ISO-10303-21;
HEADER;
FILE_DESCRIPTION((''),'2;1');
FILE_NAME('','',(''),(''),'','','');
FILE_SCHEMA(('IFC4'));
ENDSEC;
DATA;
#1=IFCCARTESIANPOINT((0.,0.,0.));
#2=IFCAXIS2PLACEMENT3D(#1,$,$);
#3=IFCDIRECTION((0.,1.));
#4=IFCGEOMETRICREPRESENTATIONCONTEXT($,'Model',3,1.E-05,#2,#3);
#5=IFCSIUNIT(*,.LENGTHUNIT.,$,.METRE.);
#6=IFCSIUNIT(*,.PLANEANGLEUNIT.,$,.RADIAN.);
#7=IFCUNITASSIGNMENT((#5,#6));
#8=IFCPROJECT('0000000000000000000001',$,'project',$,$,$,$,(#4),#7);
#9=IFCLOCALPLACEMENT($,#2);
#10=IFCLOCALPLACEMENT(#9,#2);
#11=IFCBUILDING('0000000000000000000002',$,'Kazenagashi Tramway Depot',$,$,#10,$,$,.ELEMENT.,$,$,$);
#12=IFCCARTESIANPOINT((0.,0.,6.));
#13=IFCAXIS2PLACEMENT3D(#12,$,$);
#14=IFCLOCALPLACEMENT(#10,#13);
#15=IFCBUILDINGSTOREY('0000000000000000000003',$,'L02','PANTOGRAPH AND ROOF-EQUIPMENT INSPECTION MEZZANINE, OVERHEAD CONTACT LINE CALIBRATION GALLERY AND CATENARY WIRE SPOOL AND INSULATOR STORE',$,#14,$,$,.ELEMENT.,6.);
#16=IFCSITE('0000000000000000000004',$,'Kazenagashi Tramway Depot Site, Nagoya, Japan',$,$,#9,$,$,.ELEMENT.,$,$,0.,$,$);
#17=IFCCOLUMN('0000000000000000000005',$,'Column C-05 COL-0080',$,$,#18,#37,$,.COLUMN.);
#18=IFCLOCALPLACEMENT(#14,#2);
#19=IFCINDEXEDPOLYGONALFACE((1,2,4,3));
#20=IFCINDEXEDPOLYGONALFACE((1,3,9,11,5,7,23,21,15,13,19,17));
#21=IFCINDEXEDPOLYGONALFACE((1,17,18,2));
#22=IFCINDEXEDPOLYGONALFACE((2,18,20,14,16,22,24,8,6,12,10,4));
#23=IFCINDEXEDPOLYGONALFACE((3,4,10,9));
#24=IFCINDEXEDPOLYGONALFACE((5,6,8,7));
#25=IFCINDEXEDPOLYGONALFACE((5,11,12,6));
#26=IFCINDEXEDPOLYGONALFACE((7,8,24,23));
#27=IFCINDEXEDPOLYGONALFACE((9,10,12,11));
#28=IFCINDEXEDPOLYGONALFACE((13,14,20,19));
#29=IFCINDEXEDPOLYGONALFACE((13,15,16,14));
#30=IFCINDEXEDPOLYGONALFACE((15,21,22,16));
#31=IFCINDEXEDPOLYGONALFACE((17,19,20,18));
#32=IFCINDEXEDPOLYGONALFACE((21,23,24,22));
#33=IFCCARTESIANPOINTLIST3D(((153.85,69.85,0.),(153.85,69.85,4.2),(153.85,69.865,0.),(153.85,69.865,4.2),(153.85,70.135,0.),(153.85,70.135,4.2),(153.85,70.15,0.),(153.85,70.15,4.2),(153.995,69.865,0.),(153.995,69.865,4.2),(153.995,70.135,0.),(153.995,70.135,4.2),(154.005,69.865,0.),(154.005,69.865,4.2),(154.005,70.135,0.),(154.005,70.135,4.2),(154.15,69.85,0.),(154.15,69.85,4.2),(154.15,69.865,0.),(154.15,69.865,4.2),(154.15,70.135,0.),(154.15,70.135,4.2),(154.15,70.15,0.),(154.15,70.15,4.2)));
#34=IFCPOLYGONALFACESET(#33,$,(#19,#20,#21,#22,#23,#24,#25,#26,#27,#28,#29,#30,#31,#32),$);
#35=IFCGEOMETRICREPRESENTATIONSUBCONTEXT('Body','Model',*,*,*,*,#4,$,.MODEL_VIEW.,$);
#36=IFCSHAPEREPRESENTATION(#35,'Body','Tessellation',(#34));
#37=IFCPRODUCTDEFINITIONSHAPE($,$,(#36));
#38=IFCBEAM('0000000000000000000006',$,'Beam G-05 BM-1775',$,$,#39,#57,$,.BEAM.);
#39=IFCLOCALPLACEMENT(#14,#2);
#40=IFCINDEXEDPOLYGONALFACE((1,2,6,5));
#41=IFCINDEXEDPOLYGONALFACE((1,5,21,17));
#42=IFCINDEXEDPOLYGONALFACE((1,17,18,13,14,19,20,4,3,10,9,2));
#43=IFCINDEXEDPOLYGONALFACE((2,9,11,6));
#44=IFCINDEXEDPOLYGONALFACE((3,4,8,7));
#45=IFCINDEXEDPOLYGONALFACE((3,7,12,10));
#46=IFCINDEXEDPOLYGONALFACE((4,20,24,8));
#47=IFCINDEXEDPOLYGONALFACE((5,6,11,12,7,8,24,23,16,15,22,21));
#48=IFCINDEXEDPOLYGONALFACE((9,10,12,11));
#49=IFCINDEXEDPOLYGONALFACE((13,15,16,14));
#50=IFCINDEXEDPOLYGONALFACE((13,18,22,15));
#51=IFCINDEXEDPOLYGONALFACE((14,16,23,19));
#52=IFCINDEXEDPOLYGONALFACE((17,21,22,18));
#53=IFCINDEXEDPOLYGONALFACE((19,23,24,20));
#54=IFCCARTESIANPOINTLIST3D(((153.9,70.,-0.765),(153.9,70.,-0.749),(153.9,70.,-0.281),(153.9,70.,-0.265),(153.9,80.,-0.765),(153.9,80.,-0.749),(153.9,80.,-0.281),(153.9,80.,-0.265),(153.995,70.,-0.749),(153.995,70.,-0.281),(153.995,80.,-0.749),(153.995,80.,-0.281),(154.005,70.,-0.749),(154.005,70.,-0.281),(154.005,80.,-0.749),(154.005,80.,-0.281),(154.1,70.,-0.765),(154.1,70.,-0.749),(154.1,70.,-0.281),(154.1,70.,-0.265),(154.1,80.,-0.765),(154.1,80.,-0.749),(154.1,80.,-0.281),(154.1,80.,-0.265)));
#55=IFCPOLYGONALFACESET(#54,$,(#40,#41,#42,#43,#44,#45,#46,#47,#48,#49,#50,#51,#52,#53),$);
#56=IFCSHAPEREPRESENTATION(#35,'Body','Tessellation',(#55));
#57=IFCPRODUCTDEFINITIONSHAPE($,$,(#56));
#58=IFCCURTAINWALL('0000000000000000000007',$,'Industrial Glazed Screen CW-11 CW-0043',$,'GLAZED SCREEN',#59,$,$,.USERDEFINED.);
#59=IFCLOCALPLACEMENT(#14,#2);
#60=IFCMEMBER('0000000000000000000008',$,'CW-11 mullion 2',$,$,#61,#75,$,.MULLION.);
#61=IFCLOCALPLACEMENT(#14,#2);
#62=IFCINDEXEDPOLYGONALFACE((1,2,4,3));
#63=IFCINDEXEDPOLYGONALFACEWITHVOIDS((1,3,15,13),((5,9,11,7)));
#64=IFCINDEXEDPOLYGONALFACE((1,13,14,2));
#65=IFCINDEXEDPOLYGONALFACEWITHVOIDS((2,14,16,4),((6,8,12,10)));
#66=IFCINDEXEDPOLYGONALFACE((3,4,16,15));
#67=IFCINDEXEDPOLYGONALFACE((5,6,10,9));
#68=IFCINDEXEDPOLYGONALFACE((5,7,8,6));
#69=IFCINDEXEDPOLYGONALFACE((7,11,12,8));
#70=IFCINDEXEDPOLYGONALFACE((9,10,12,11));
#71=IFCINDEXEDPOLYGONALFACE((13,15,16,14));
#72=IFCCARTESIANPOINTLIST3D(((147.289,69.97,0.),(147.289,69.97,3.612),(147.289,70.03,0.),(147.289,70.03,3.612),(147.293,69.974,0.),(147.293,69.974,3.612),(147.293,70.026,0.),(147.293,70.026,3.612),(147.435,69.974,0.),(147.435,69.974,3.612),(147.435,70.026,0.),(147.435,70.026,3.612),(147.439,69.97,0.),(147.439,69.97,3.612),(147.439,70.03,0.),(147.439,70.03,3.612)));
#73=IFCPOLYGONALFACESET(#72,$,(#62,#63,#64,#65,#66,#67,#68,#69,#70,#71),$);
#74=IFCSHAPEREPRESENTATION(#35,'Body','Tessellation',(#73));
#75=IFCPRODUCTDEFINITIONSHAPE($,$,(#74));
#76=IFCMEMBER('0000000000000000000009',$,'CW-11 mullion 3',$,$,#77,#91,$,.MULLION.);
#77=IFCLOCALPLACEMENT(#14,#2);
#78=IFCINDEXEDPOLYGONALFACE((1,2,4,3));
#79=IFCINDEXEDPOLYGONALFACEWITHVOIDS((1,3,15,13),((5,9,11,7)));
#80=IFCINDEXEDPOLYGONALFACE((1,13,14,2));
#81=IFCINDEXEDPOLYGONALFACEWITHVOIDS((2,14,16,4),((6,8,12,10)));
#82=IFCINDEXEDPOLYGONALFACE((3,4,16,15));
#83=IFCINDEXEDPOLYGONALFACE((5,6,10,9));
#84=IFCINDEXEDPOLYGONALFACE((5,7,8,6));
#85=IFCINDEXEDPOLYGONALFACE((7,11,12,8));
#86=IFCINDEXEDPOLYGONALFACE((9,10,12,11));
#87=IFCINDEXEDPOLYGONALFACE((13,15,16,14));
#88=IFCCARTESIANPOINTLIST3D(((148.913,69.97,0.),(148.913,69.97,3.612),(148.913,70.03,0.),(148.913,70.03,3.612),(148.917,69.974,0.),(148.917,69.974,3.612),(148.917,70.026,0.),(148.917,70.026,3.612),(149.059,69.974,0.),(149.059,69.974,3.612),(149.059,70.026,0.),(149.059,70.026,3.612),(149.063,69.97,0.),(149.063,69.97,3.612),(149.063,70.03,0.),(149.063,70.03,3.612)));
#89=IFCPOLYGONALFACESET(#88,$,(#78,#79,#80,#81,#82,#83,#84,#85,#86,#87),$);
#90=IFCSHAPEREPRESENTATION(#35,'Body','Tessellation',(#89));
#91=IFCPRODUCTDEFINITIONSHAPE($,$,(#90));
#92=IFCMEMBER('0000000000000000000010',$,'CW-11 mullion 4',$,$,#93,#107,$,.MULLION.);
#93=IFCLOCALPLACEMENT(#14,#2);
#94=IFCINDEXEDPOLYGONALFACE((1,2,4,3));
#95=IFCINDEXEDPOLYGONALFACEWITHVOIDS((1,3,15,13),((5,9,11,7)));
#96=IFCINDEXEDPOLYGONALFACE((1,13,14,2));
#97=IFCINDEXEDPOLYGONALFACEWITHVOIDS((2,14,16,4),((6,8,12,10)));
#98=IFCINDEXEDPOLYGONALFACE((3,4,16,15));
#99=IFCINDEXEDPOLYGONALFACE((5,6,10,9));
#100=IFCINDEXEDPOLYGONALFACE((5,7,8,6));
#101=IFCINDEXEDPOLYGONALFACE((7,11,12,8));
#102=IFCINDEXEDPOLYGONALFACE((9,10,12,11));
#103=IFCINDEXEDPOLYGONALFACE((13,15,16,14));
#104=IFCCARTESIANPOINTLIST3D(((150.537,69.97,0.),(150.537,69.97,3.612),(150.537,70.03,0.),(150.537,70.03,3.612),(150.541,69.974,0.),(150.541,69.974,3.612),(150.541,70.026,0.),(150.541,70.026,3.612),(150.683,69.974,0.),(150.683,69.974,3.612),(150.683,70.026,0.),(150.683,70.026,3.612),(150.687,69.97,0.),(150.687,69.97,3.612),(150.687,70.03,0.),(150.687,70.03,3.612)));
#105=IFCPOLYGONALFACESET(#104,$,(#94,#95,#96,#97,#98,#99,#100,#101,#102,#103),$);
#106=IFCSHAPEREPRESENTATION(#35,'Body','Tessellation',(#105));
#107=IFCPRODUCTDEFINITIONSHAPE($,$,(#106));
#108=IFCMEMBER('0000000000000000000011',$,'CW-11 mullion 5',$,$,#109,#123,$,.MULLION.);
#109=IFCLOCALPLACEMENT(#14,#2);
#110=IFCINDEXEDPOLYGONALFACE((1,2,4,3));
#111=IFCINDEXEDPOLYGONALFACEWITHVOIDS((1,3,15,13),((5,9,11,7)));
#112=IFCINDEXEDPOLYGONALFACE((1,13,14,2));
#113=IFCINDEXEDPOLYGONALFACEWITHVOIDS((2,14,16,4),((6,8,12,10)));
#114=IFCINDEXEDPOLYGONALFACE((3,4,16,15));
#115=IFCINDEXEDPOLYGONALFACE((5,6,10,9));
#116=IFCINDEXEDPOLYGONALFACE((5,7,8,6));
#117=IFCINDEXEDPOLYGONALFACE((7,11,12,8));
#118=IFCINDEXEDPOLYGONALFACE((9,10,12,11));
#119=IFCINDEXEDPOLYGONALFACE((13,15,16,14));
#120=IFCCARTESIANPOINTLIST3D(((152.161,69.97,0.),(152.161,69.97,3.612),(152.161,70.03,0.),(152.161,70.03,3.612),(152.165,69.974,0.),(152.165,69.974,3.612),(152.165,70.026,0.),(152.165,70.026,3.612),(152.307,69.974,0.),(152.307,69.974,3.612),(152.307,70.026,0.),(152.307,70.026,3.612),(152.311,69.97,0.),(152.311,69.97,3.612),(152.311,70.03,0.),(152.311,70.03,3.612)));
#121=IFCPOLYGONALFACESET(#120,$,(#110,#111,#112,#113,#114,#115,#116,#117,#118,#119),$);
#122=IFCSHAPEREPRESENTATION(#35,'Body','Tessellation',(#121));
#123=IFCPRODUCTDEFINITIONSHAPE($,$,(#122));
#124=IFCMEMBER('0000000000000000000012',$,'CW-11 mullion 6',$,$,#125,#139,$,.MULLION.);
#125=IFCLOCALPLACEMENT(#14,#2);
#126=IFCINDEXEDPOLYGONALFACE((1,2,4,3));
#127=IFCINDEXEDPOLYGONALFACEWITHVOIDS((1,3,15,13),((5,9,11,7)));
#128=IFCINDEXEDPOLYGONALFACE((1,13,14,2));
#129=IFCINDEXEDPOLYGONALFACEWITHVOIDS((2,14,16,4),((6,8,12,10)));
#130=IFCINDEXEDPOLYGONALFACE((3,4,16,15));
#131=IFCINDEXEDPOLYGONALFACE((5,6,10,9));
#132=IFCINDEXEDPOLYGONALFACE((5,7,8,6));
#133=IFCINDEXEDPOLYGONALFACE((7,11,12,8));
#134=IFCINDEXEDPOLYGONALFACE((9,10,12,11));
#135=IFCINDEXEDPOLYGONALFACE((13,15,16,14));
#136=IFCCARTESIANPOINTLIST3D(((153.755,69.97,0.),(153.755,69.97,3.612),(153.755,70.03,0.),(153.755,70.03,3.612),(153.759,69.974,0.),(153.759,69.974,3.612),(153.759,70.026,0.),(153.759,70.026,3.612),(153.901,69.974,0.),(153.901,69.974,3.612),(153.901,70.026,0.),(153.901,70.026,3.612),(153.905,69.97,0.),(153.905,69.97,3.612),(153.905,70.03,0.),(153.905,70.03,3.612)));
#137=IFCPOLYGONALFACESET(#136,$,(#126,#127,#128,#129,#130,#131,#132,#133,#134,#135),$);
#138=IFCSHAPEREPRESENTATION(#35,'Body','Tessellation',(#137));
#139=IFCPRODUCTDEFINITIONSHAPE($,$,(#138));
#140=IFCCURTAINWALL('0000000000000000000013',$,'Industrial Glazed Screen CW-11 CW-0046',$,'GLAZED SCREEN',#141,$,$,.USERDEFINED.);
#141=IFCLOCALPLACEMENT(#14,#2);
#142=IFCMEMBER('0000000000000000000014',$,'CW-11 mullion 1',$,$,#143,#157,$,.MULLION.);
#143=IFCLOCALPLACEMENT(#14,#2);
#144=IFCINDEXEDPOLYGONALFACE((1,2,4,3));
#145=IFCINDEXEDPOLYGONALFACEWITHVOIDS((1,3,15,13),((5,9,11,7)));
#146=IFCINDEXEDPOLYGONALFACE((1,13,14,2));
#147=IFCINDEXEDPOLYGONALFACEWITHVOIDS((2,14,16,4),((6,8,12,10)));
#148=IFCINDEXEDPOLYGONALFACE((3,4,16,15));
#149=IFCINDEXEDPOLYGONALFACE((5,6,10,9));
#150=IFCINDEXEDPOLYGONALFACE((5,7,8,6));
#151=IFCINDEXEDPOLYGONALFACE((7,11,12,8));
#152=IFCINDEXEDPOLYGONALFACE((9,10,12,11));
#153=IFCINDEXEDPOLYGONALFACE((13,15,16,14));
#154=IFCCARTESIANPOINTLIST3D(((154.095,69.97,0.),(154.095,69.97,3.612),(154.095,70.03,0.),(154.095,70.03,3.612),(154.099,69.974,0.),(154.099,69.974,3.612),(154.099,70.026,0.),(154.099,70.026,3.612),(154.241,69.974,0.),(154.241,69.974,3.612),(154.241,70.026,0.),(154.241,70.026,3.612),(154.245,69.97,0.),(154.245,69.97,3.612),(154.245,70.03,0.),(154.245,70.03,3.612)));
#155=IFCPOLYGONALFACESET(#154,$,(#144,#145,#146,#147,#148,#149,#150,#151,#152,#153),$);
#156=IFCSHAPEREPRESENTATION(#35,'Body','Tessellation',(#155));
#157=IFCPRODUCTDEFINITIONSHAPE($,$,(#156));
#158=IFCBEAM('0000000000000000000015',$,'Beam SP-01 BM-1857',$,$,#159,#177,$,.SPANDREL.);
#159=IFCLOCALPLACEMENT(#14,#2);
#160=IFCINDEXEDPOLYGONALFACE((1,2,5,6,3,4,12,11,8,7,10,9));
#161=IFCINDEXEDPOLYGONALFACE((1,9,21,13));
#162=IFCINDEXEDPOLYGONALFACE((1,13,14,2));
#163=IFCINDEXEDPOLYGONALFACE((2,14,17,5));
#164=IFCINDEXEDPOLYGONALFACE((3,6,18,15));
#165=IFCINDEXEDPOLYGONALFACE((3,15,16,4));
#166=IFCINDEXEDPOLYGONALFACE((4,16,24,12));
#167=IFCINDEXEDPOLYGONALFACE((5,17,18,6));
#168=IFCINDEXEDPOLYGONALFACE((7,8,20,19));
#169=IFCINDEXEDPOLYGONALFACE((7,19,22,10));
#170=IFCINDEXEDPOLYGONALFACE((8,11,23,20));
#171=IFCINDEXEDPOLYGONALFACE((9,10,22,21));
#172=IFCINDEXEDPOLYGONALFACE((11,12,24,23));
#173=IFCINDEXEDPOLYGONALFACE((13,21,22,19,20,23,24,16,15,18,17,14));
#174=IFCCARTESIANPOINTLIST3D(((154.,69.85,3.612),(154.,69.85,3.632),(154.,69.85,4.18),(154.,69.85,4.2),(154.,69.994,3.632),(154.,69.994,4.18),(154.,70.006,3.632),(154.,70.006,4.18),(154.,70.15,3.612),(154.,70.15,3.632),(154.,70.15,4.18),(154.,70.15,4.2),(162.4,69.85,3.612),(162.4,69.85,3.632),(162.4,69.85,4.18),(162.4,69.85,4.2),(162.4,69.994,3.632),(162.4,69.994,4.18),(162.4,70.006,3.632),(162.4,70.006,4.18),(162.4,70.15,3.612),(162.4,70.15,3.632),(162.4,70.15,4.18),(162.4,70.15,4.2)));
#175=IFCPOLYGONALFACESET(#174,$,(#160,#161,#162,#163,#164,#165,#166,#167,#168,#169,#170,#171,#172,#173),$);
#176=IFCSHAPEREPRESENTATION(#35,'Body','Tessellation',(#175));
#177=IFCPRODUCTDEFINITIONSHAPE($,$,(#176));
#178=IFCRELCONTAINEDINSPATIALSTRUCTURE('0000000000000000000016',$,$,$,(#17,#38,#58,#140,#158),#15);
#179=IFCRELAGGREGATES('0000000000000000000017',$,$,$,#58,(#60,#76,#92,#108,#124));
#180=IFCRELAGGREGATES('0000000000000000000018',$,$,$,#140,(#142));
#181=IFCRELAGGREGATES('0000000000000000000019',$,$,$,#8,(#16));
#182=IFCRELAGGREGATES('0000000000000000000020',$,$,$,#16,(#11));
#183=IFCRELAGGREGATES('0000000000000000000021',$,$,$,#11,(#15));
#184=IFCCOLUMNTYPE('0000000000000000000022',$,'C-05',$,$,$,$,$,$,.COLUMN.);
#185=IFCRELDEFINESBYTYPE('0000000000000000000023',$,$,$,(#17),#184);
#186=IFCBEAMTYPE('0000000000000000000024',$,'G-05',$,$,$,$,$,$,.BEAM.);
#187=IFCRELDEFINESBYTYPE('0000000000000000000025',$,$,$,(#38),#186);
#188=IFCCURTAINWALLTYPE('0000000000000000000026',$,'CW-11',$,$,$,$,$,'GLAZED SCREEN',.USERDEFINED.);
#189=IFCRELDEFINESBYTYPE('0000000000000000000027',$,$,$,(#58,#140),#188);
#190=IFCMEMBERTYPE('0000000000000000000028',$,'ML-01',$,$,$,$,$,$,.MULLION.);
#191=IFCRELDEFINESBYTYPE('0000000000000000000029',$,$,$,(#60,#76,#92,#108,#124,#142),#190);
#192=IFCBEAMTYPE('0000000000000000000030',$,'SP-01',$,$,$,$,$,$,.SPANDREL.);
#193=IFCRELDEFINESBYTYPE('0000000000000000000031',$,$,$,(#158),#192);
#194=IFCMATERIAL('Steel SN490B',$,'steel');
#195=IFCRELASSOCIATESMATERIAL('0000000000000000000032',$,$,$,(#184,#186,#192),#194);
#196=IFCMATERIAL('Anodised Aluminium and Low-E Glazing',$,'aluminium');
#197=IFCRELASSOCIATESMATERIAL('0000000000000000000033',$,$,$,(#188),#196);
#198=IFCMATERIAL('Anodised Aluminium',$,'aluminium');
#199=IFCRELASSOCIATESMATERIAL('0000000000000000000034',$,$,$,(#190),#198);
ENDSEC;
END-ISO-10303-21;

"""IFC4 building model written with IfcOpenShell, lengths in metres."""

from ifc_helpers import new_model, si_unit, direction, frame, origin, origin_2d, place, context, subcontext, project, spatial, hollow_rectangle, i_section, extrude, material, material_profile, profile_set, type_object, element, aggregate, save


model = new_model("IFC4")

# Units and contexts
model_context = context("Model", 3, precision=1e-05, world=origin(), true_north=direction((0.0, 1.0)))
body_context = subcontext(model_context, "Body", "Model", "MODEL_VIEW")
ifc_project = project(units=[si_unit("LENGTHUNIT", "METRE"), si_unit("PLANEANGLEUNIT", "RADIAN")], contexts=[model_context])

# Site, building, storey
site_placement = place(None, origin())
site = spatial("IfcSite", under=ifc_project, at=site_placement, Name="Kazenagashi Tramway Depot Site, Nagoya, Japan", CompositionType="ELEMENT", RefElevation=0.0)
building_placement = place(site_placement, origin())
building = spatial("IfcBuilding", under=site, at=building_placement, Name="Kazenagashi Tramway Depot", CompositionType="ELEMENT")
storey_placement = place(building_placement, frame((0.0, 0.0, 6.0)))
storey = spatial("IfcBuildingStorey", under=building, at=storey_placement, Name="L02", Description="PANTOGRAPH AND ROOF-EQUIPMENT INSPECTION MEZZANINE, OVERHEAD CONTACT LINE CALIBRATION GALLERY AND CATENARY WIRE SPOOL AND INSULATOR STORE", CompositionType="ELEMENT", Elevation=6.0)

# Column
ifc_material_1 = material(Name="Steel SN490B", Category="steel")
ifc_material_profile_1 = material_profile(ifc_material_1, i_section(OverallWidth=0.3, OverallDepth=0.3, WebThickness=0.01, FlangeThickness=0.015, at=origin_2d()), Name="H-300x300x10x15")
ifc_profile_set_1 = profile_set([ifc_material_profile_1], Name="Steel SN490B")
column_type = type_object("IfcColumnType", Name="C-05", PredefinedType="COLUMN", material=ifc_profile_set_1)
column_placement = place(storey_placement, frame((154.0, 70.0, 0.0), z_axis=(0.0, 0.0, 1.0), x_axis=(1.0, 0.0, 0.0)))
element("IfcColumn", 1, at=column_placement, inside=storey, type_object=column_type, Name="Column C-05 COL-0080", PredefinedType="COLUMN", context=body_context, shape_type="SweptSolid", body=[
    extrude(i_section(OverallWidth=0.3, OverallDepth=0.3, WebThickness=0.01, FlangeThickness=0.015, at=origin_2d()), origin(), (0.0, 0.0, 1.0), 4.2),
])

# Beam
ifc_material_profile_2 = material_profile(ifc_material_1, i_section(OverallWidth=0.2, OverallDepth=0.5, WebThickness=0.01, FlangeThickness=0.016, at=origin_2d()), Name="H-500x200x10x16")
ifc_profile_set_2 = profile_set([ifc_material_profile_2], Name="Steel SN490B")
beam_type_1 = type_object("IfcBeamType", Name="G-05", PredefinedType="BEAM", material=ifc_profile_set_2)
beam_1_placement = place(storey_placement, frame((154.0, 70.0, -0.515), z_axis=(0.0, 1.0, 0.0), x_axis=(-1.0, 0.0, 0.0)))
element("IfcBeam", 2, at=beam_1_placement, inside=storey, type_object=beam_type_1, Name="Beam G-05 BM-1775", PredefinedType="BEAM", context=body_context, shape_type="SweptSolid", body=[
    extrude(i_section(OverallWidth=0.2, OverallDepth=0.5, WebThickness=0.01, FlangeThickness=0.016, at=origin_2d()), origin(), (0.0, 0.0, 1.0), 10.0),
])

# Curtain wall, members
ifc_material_2 = material(Name="Anodised Aluminium and Low-E Glazing", Category="aluminium")
curtain_wall_type = type_object("IfcCurtainWallType", Name="CW-11", ElementType="GLAZED SCREEN", PredefinedType="USERDEFINED", material=ifc_material_2)
curtain_wall_1_placement = place(storey_placement, origin())
curtain_wall_1 = element("IfcCurtainWall", 3, at=curtain_wall_1_placement, inside=storey, type_object=curtain_wall_type, Name="Industrial Glazed Screen CW-11 CW-0043", ObjectType="GLAZED SCREEN", PredefinedType="USERDEFINED")
ifc_material_3 = material(Name="Anodised Aluminium", Category="aluminium")
ifc_material_profile_3 = material_profile(ifc_material_3, hollow_rectangle(XDim=0.06, YDim=0.15, WallThickness=0.004, at=origin_2d()), Name="RHS-150x60x4")
ifc_profile_set_3 = profile_set([ifc_material_profile_3], Name="Anodised Aluminium")
member_type_1 = type_object("IfcMemberType", Name="ML-01", PredefinedType="MULLION", material=ifc_profile_set_3)
member_1_placement = place(storey_placement, frame((147.364, 70.0, 0.0), z_axis=(0.0, 0.0, 1.0), x_axis=(0.0, 1.0, 0.0)))
member_1 = element("IfcMember", 4, at=member_1_placement, type_object=member_type_1, Name="CW-11 mullion 2", PredefinedType="MULLION", context=body_context, shape_type="SweptSolid", body=[
    extrude(hollow_rectangle(XDim=0.06, YDim=0.15, WallThickness=0.004, at=origin_2d()), origin(), (0.0, 0.0, 1.0), 3.612),
])
member_2_placement = place(storey_placement, frame((148.988, 70.0, 0.0), z_axis=(0.0, 0.0, 1.0), x_axis=(0.0, 1.0, 0.0)))
member_2 = element("IfcMember", 5, at=member_2_placement, type_object=member_type_1, Name="CW-11 mullion 3", PredefinedType="MULLION", context=body_context, shape_type="SweptSolid", body=[
    extrude(hollow_rectangle(XDim=0.06, YDim=0.15, WallThickness=0.004, at=origin_2d()), origin(), (0.0, 0.0, 1.0), 3.612),
])
member_3_placement = place(storey_placement, frame((150.612, 70.0, 0.0), z_axis=(0.0, 0.0, 1.0), x_axis=(0.0, 1.0, 0.0)))
member_3 = element("IfcMember", 6, at=member_3_placement, type_object=member_type_1, Name="CW-11 mullion 4", PredefinedType="MULLION", context=body_context, shape_type="SweptSolid", body=[
    extrude(hollow_rectangle(XDim=0.06, YDim=0.15, WallThickness=0.004, at=origin_2d()), origin(), (0.0, 0.0, 1.0), 3.612),
])
member_4_placement = place(storey_placement, frame((152.236, 70.0, 0.0), z_axis=(0.0, 0.0, 1.0), x_axis=(0.0, 1.0, 0.0)))
member_4 = element("IfcMember", 7, at=member_4_placement, type_object=member_type_1, Name="CW-11 mullion 5", PredefinedType="MULLION", context=body_context, shape_type="SweptSolid", body=[
    extrude(hollow_rectangle(XDim=0.06, YDim=0.15, WallThickness=0.004, at=origin_2d()), origin(), (0.0, 0.0, 1.0), 3.612),
])
member_5_placement = place(storey_placement, frame((153.83, 70.0, 0.0), z_axis=(0.0, 0.0, 1.0), x_axis=(0.0, 1.0, 0.0)))
member_5 = element("IfcMember", 8, at=member_5_placement, type_object=member_type_1, Name="CW-11 mullion 6", PredefinedType="MULLION", context=body_context, shape_type="SweptSolid", body=[
    extrude(hollow_rectangle(XDim=0.06, YDim=0.15, WallThickness=0.004, at=origin_2d()), origin(), (0.0, 0.0, 1.0), 3.612),
])

# Curtain wall, member
curtain_wall_2_placement = place(storey_placement, origin())
curtain_wall_2 = element("IfcCurtainWall", 9, at=curtain_wall_2_placement, inside=storey, type_object=curtain_wall_type, Name="Industrial Glazed Screen CW-11 CW-0046", ObjectType="GLAZED SCREEN", PredefinedType="USERDEFINED")
member_6_placement = place(storey_placement, frame((154.17, 70.0, 0.0), z_axis=(0.0, 0.0, 1.0), x_axis=(0.0, 1.0, 0.0)))
member_6 = element("IfcMember", 10, at=member_6_placement, type_object=member_type_1, Name="CW-11 mullion 1", PredefinedType="MULLION", context=body_context, shape_type="SweptSolid", body=[
    extrude(hollow_rectangle(XDim=0.06, YDim=0.15, WallThickness=0.004, at=origin_2d()), origin(), (0.0, 0.0, 1.0), 3.612),
])

# Beam
ifc_material_profile_4 = material_profile(ifc_material_1, i_section(OverallWidth=0.3, OverallDepth=0.588, WebThickness=0.012, FlangeThickness=0.02, at=origin_2d()), Name="H-588x300x12x20")
ifc_profile_set_4 = profile_set([ifc_material_profile_4], Name="Steel SN490B")
beam_type_2 = type_object("IfcBeamType", Name="SP-01", PredefinedType="SPANDREL", material=ifc_profile_set_4)
beam_2_placement = place(storey_placement, frame((154.0, 70.0, 3.906), z_axis=(1.0, 0.0, 0.0), x_axis=(0.0, 1.0, 0.0)))
element("IfcBeam", 11, at=beam_2_placement, inside=storey, type_object=beam_type_2, Name="Beam SP-01 BM-1857", PredefinedType="SPANDREL", context=body_context, shape_type="SweptSolid", body=[
    extrude(i_section(OverallWidth=0.3, OverallDepth=0.588, WebThickness=0.012, FlangeThickness=0.02, at=origin_2d()), origin(), (0.0, 0.0, 1.0), 8.4),
])

aggregate(curtain_wall_1, [member_1, member_2, member_3, member_4, member_5])
aggregate(curtain_wall_2, [member_6])

save(model, "model.ifc")
